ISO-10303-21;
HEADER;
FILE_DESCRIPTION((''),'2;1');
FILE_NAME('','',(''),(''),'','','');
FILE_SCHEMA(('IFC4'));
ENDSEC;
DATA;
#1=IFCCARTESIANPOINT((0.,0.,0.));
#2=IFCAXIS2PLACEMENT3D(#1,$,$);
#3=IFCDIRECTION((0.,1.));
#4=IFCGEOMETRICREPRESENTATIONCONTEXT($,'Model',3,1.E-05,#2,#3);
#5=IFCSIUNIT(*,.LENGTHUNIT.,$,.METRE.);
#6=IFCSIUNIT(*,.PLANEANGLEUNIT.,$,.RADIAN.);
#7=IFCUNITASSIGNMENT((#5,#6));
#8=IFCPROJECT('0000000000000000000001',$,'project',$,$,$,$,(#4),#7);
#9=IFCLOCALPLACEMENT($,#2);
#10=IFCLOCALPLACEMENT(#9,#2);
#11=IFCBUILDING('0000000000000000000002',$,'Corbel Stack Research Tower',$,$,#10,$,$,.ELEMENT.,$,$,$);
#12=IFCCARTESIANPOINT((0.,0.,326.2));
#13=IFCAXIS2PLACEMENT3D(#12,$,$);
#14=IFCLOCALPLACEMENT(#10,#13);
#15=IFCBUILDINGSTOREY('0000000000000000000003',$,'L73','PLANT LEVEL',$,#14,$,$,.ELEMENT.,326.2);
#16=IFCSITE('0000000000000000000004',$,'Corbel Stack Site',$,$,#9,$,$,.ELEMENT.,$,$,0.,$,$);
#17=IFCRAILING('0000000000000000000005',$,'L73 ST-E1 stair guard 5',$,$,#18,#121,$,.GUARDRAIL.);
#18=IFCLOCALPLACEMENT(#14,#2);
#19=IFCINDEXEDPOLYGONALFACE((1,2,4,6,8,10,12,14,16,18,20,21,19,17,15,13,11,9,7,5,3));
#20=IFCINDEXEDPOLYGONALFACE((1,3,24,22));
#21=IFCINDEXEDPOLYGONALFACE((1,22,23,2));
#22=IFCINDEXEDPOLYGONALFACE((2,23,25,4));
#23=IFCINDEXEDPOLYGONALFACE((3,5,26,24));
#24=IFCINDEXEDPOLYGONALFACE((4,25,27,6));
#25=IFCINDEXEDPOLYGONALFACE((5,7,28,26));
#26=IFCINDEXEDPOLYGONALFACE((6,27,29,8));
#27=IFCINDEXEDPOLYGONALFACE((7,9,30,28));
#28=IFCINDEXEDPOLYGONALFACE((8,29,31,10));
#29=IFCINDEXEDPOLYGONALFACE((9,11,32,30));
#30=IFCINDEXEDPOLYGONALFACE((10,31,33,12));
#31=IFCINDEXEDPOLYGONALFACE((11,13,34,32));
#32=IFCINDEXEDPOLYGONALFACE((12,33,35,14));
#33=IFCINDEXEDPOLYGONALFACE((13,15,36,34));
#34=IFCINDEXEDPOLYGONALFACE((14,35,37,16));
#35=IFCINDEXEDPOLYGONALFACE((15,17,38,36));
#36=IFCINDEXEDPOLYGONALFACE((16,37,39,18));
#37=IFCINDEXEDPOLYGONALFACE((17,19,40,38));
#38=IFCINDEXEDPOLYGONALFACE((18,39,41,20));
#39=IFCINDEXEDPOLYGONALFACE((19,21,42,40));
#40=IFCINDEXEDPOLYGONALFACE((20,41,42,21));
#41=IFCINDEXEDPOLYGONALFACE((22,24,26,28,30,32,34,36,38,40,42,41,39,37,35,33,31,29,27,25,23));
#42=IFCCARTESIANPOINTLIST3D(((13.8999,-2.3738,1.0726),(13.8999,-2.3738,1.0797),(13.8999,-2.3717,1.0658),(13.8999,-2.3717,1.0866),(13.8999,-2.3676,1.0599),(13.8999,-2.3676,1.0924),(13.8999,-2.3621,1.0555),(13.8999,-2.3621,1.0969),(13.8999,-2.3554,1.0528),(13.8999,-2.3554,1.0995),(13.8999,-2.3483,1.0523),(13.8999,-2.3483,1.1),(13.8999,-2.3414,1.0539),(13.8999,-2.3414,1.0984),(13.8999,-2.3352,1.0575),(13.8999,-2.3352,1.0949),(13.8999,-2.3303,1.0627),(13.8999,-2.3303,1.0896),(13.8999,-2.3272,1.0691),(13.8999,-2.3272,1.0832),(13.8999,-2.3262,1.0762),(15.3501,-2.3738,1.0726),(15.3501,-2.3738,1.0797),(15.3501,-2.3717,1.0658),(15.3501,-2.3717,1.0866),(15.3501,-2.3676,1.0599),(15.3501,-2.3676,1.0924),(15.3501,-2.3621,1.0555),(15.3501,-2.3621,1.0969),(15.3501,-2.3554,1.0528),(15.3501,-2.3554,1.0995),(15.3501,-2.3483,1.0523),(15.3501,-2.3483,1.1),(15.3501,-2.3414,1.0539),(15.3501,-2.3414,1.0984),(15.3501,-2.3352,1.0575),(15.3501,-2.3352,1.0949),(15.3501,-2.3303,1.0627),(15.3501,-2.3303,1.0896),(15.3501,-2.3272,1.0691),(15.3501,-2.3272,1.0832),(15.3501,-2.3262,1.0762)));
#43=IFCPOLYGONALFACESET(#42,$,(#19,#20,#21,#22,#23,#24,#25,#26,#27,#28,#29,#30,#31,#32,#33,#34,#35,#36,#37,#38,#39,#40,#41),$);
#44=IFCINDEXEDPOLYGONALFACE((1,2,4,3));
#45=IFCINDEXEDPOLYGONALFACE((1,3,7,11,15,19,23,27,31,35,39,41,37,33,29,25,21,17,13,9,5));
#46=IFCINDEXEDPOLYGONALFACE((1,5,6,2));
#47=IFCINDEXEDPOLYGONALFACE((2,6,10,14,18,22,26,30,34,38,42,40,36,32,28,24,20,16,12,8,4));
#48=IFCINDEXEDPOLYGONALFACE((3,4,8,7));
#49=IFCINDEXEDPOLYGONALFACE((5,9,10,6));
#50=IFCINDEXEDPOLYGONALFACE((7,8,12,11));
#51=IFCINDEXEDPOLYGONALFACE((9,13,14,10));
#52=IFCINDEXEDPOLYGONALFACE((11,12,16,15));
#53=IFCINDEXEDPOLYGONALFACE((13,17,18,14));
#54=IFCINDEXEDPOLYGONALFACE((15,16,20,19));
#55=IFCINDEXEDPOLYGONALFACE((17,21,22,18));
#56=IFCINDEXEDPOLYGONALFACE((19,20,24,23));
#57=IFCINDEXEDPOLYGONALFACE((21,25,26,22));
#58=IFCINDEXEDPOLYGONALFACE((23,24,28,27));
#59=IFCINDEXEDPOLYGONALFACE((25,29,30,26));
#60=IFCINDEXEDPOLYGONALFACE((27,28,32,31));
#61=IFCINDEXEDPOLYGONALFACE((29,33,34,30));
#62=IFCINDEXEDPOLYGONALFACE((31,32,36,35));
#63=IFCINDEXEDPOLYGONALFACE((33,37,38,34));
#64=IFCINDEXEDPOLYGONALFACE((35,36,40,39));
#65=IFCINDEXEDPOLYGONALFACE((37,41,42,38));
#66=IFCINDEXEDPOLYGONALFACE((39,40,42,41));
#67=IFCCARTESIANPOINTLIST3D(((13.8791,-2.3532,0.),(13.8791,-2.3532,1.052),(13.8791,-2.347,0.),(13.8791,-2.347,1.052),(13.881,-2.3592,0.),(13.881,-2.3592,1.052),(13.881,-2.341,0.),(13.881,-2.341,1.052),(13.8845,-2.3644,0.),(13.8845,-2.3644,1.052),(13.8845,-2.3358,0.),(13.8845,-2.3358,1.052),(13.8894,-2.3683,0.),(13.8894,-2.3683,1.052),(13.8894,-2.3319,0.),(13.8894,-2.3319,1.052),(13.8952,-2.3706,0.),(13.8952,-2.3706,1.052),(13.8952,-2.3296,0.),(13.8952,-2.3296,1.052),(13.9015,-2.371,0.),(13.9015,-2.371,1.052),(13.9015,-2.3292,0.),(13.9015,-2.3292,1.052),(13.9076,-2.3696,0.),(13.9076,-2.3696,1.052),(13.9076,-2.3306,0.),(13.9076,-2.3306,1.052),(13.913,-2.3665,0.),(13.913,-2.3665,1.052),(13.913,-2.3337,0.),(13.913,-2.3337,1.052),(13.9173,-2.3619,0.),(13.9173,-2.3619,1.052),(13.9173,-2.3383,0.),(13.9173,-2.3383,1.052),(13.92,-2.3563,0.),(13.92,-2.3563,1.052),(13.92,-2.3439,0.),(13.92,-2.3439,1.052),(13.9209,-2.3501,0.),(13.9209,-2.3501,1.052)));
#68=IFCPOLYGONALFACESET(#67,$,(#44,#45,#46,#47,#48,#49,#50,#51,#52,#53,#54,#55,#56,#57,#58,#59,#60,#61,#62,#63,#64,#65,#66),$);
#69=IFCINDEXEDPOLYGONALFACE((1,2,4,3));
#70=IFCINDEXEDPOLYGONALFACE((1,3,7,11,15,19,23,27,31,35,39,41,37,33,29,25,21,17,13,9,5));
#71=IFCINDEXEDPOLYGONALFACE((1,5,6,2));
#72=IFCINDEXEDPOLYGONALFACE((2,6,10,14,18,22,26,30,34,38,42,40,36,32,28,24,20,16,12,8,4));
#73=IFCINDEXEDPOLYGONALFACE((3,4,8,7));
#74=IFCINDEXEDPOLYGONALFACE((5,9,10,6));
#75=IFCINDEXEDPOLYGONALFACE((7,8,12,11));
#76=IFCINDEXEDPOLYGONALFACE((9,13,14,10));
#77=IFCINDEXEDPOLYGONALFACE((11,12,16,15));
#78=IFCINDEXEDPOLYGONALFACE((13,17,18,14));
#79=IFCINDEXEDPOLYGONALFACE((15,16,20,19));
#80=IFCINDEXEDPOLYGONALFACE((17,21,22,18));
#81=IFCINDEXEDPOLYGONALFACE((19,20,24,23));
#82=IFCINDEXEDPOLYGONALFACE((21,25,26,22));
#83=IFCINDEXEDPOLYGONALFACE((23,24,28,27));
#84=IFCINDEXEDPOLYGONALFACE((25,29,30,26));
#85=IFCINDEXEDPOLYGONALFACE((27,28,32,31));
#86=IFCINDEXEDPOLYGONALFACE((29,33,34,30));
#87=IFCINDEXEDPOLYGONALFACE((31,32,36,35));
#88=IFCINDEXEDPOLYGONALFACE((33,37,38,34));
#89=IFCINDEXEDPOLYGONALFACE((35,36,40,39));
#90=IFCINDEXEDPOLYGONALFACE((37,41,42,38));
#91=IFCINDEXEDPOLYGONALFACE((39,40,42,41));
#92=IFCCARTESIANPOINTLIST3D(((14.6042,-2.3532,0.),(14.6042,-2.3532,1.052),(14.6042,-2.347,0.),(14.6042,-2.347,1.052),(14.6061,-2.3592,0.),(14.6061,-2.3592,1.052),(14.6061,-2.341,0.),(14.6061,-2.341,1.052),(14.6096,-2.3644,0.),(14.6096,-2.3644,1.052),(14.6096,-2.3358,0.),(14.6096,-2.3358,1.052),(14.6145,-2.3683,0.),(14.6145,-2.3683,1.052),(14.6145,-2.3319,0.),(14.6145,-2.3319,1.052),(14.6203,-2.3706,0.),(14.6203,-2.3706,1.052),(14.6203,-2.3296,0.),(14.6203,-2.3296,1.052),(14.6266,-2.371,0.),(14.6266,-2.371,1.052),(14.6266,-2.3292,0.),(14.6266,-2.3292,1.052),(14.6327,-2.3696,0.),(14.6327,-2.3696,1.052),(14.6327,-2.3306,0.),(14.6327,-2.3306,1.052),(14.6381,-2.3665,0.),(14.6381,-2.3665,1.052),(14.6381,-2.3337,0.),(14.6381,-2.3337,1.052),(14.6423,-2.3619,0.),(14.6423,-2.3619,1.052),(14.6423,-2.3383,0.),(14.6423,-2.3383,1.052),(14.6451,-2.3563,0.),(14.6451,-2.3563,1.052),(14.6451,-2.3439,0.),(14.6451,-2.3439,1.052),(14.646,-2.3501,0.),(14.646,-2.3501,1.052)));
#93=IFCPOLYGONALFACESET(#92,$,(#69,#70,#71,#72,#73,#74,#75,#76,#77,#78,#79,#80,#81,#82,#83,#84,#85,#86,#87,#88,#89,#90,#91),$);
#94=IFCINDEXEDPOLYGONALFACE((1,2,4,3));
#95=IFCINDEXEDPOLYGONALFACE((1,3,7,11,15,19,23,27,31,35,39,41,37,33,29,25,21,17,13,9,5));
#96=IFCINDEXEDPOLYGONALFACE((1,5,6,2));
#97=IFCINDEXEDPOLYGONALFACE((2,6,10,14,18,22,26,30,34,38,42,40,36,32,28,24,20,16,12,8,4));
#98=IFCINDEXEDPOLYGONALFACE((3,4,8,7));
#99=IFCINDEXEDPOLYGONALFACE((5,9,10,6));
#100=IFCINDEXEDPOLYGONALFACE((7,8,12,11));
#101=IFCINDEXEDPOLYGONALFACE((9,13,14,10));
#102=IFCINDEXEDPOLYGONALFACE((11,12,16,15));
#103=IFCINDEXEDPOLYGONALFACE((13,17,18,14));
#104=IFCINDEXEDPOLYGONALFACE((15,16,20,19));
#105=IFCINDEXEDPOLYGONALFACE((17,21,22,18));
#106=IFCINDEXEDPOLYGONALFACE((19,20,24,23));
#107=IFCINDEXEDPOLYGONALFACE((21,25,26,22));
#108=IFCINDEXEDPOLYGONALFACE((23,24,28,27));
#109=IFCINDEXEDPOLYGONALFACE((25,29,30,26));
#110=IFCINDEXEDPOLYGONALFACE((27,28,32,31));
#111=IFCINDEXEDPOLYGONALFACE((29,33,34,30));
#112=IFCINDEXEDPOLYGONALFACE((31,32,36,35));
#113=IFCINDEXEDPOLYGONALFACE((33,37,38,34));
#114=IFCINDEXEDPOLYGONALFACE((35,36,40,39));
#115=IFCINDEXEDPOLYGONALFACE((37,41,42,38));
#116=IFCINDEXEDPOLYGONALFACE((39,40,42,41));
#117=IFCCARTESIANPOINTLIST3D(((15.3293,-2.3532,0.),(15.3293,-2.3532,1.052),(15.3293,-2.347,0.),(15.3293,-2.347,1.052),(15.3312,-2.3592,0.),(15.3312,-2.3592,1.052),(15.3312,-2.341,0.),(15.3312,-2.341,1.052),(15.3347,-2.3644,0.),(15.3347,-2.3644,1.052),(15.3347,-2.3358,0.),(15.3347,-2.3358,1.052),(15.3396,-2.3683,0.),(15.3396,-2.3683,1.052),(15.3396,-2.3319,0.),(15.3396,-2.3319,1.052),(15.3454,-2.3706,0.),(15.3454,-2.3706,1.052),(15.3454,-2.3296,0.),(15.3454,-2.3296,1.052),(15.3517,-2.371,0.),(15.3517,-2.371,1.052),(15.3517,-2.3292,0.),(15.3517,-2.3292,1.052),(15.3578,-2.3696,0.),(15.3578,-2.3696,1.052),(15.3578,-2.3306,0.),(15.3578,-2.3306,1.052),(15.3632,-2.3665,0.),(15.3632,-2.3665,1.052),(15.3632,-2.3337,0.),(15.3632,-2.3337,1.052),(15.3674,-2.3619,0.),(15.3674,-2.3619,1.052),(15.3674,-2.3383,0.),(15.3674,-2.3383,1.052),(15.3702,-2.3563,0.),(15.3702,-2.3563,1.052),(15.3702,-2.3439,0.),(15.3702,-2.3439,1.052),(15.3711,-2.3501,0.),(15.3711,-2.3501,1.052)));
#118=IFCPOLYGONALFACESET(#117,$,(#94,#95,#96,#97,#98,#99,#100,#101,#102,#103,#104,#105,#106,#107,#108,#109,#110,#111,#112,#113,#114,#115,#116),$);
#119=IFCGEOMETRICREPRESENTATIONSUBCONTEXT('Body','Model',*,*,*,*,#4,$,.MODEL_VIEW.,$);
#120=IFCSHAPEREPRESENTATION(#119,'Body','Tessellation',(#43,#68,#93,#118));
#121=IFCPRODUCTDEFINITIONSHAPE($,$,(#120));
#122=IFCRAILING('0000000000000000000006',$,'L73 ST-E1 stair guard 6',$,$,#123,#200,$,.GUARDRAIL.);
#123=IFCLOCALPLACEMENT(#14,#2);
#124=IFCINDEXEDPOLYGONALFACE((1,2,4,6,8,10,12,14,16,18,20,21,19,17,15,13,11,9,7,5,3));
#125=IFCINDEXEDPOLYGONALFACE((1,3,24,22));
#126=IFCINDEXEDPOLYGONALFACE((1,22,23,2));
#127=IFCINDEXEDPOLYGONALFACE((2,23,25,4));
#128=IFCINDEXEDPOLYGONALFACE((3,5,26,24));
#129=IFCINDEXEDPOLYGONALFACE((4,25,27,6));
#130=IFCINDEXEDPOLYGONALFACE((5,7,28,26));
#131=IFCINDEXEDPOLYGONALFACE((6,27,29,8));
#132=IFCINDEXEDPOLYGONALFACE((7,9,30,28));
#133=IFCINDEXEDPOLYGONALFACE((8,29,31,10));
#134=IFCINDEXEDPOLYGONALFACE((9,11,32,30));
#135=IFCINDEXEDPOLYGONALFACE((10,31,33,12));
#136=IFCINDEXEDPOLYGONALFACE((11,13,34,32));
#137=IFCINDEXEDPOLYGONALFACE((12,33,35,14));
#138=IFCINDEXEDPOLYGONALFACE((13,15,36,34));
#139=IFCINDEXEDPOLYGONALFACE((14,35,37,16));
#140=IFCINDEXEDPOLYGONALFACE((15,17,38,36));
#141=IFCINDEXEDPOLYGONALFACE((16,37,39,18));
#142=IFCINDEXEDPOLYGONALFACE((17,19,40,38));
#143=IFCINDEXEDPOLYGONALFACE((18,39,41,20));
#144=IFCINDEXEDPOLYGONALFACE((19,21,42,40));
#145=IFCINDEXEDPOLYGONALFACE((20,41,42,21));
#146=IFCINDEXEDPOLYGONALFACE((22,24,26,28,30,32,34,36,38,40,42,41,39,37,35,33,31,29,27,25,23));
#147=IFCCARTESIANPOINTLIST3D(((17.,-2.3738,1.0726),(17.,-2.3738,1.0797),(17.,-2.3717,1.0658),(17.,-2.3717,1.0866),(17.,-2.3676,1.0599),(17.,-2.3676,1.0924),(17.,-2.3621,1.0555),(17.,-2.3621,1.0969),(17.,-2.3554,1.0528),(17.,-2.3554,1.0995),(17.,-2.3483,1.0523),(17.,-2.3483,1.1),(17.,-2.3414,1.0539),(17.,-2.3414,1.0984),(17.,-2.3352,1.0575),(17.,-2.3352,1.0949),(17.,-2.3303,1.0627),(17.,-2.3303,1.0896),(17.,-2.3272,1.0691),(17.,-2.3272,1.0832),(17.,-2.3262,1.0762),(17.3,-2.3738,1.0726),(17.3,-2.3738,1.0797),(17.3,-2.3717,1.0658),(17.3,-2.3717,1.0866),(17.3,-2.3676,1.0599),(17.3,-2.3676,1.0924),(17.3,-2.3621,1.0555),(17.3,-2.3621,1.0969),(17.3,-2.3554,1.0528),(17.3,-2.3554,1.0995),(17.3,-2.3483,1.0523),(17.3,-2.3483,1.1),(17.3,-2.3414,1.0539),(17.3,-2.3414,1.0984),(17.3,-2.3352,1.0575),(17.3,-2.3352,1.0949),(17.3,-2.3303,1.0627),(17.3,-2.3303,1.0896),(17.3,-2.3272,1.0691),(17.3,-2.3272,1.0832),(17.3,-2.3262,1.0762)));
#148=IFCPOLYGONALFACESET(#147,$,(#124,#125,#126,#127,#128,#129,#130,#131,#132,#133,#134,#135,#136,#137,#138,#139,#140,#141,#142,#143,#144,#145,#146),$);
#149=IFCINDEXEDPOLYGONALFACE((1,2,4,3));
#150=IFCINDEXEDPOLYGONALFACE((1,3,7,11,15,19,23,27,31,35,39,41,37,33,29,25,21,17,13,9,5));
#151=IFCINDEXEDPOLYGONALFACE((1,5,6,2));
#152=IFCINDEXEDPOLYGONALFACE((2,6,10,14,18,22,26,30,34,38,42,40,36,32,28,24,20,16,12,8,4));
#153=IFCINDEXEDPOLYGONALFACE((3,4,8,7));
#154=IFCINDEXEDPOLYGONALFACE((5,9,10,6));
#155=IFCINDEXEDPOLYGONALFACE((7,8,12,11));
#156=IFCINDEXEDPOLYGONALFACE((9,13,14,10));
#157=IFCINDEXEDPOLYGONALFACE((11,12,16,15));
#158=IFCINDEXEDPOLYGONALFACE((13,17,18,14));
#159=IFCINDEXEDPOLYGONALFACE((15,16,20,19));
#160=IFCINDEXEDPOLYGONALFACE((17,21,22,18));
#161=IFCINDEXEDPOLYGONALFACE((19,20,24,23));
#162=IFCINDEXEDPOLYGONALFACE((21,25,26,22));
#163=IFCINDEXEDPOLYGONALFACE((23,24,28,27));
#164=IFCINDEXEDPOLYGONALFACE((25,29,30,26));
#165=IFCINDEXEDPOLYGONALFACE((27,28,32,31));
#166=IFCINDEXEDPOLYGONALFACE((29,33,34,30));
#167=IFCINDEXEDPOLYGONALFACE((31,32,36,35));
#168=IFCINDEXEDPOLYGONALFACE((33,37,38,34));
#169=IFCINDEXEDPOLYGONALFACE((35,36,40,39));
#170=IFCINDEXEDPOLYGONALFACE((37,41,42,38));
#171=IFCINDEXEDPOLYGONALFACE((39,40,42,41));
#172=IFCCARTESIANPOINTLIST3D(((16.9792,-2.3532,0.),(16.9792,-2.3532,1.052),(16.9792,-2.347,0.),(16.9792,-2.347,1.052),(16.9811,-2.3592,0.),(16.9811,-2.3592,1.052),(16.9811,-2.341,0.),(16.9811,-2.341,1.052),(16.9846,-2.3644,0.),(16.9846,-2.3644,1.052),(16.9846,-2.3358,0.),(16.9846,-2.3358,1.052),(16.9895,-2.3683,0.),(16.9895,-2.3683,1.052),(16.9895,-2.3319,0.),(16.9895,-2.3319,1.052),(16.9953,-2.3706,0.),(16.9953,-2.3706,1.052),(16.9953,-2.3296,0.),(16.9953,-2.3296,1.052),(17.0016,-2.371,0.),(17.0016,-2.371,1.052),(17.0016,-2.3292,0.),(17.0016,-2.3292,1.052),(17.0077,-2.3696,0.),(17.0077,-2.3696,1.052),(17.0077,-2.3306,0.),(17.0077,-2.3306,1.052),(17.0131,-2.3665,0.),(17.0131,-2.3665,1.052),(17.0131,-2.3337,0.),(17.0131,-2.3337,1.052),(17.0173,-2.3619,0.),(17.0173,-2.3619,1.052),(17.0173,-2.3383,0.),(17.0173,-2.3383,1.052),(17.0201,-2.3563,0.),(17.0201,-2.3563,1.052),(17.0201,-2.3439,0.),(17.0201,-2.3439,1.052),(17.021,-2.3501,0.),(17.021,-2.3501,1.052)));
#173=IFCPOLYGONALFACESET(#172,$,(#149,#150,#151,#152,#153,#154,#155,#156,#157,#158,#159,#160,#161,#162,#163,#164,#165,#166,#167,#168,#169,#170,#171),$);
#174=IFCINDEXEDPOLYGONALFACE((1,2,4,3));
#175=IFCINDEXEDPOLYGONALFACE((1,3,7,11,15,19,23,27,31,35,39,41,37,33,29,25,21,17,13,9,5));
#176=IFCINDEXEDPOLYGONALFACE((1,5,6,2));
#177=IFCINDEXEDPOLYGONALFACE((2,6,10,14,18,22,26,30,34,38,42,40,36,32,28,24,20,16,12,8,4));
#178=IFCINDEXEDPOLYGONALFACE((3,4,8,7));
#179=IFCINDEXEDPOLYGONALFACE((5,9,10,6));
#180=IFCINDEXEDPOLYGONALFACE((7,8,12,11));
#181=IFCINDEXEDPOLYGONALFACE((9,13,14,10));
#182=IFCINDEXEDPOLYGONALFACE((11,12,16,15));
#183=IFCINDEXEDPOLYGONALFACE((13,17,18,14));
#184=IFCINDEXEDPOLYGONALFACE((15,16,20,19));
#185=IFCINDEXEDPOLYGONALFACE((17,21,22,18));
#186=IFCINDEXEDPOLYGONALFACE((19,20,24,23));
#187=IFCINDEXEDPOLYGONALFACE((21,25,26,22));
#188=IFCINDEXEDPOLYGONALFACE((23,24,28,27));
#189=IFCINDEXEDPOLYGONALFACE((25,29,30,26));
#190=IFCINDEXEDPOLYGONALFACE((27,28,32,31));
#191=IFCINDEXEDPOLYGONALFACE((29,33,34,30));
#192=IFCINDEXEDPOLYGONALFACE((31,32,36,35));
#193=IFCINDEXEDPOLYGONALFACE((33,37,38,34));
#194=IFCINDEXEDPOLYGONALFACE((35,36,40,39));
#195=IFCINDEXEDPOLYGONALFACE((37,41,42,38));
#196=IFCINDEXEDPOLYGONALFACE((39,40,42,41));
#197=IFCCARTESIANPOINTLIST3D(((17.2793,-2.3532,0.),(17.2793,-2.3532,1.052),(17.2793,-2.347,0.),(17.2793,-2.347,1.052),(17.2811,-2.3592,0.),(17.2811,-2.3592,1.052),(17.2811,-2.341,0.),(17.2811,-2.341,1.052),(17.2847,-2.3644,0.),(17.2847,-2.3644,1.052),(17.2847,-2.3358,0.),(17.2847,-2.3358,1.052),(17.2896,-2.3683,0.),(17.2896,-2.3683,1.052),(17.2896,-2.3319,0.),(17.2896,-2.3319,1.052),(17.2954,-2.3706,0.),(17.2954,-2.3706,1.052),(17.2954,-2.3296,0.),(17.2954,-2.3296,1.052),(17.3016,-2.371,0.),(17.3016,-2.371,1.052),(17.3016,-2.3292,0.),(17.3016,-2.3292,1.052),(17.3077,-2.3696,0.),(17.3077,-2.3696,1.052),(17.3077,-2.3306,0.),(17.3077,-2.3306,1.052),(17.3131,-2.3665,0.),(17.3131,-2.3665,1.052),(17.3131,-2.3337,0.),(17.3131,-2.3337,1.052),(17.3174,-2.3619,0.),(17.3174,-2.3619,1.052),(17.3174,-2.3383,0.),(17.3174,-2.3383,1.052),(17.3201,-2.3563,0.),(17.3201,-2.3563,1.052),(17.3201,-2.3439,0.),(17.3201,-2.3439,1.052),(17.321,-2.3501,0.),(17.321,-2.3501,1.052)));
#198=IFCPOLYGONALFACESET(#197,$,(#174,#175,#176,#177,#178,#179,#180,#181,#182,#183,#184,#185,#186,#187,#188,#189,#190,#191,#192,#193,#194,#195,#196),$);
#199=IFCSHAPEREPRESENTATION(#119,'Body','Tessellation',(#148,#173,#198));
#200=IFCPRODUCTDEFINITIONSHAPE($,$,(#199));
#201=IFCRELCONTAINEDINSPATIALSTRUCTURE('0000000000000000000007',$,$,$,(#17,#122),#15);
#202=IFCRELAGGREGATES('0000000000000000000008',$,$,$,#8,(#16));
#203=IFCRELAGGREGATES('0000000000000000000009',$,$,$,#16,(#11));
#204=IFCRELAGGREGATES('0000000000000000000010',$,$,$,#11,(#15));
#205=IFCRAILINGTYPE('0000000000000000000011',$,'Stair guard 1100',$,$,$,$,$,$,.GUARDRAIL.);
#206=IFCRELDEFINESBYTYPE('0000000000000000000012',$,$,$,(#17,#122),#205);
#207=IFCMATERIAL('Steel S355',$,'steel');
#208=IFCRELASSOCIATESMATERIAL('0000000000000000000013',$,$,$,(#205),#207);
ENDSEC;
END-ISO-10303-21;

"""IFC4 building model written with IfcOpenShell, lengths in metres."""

from ifc_helpers import new_model, si_unit, direction, frame, origin, origin_2d, place, context, subcontext, project, spatial, circle, extrude, material, type_object, element, save


model = new_model("IFC4")

# Units and contexts
model_context = context("Model", 3, precision=1e-05, world=origin(), true_north=direction((0.0, 1.0)))
body_context = subcontext(model_context, "Body", "Model", "MODEL_VIEW")
ifc_project = project(units=[si_unit("LENGTHUNIT", "METRE"), si_unit("PLANEANGLEUNIT", "RADIAN")], contexts=[model_context])

# Site, building, storey
site_placement = place(None, origin())
site = spatial("IfcSite", under=ifc_project, at=site_placement, Name="Corbel Stack Site", CompositionType="ELEMENT", RefElevation=0.0)
building_placement = place(site_placement, origin())
building = spatial("IfcBuilding", under=site, at=building_placement, Name="Corbel Stack Research Tower", CompositionType="ELEMENT")
storey_placement = place(building_placement, frame((0.0, 0.0, 326.2)))
storey = spatial("IfcBuildingStorey", under=building, at=storey_placement, Name="L73", Description="PLANT LEVEL", CompositionType="ELEMENT", Elevation=326.2)

# Railings
ifc_material_1 = material(Name="Steel S355", Category="steel")
railing_type_1 = type_object("IfcRailingType", Name="Stair guard 1100", PredefinedType="GUARDRAIL", material=ifc_material_1)
railing_1_placement = place(storey_placement, frame((13.8999, -2.3501, 0.0)))
element("IfcRailing", 1, at=railing_1_placement, inside=storey, type_object=railing_type_1, Name="L73 ST-E1 stair guard 5", PredefinedType="GUARDRAIL", context=body_context, shape_type="SweptSolid", body=[
    extrude(circle(Radius=0.0239, at=origin_2d()), frame((0.0, 0.0, 1.0762), z_axis=(1.0, 0.0, 0.0), x_axis=(0.0, 1.0, 0.0)), (0.0, 0.0, 1.0), 1.4502),
    extrude(circle(Radius=0.021, at=origin_2d()), origin(), (0.0, 0.0, 1.0), 1.052),
    extrude(circle(Radius=0.021, at=origin_2d()), frame((0.7251, 0.0, 0.0)), (0.0, 0.0, 1.0), 1.052),
    extrude(circle(Radius=0.021, at=origin_2d()), frame((1.4502, 0.0, 0.0)), (0.0, 0.0, 1.0), 1.052),
])
railing_2_placement = place(storey_placement, frame((17.0, -2.3501, 0.0)))
element("IfcRailing", 2, at=railing_2_placement, inside=storey, type_object=railing_type_1, Name="L73 ST-E1 stair guard 6", PredefinedType="GUARDRAIL", context=body_context, shape_type="SweptSolid", body=[
    extrude(circle(Radius=0.0239, at=origin_2d()), frame((0.0, 0.0, 1.0762), z_axis=(1.0, 0.0, 0.0), x_axis=(0.0, 1.0, 0.0)), (0.0, 0.0, 1.0), 0.3),
    extrude(circle(Radius=0.021, at=origin_2d()), origin(), (0.0, 0.0, 1.0), 1.052),
    extrude(circle(Radius=0.021, at=origin_2d()), frame((0.3, 0.0, 0.0)), (0.0, 0.0, 1.0), 1.052),
])

save(model, "model.ifc")
